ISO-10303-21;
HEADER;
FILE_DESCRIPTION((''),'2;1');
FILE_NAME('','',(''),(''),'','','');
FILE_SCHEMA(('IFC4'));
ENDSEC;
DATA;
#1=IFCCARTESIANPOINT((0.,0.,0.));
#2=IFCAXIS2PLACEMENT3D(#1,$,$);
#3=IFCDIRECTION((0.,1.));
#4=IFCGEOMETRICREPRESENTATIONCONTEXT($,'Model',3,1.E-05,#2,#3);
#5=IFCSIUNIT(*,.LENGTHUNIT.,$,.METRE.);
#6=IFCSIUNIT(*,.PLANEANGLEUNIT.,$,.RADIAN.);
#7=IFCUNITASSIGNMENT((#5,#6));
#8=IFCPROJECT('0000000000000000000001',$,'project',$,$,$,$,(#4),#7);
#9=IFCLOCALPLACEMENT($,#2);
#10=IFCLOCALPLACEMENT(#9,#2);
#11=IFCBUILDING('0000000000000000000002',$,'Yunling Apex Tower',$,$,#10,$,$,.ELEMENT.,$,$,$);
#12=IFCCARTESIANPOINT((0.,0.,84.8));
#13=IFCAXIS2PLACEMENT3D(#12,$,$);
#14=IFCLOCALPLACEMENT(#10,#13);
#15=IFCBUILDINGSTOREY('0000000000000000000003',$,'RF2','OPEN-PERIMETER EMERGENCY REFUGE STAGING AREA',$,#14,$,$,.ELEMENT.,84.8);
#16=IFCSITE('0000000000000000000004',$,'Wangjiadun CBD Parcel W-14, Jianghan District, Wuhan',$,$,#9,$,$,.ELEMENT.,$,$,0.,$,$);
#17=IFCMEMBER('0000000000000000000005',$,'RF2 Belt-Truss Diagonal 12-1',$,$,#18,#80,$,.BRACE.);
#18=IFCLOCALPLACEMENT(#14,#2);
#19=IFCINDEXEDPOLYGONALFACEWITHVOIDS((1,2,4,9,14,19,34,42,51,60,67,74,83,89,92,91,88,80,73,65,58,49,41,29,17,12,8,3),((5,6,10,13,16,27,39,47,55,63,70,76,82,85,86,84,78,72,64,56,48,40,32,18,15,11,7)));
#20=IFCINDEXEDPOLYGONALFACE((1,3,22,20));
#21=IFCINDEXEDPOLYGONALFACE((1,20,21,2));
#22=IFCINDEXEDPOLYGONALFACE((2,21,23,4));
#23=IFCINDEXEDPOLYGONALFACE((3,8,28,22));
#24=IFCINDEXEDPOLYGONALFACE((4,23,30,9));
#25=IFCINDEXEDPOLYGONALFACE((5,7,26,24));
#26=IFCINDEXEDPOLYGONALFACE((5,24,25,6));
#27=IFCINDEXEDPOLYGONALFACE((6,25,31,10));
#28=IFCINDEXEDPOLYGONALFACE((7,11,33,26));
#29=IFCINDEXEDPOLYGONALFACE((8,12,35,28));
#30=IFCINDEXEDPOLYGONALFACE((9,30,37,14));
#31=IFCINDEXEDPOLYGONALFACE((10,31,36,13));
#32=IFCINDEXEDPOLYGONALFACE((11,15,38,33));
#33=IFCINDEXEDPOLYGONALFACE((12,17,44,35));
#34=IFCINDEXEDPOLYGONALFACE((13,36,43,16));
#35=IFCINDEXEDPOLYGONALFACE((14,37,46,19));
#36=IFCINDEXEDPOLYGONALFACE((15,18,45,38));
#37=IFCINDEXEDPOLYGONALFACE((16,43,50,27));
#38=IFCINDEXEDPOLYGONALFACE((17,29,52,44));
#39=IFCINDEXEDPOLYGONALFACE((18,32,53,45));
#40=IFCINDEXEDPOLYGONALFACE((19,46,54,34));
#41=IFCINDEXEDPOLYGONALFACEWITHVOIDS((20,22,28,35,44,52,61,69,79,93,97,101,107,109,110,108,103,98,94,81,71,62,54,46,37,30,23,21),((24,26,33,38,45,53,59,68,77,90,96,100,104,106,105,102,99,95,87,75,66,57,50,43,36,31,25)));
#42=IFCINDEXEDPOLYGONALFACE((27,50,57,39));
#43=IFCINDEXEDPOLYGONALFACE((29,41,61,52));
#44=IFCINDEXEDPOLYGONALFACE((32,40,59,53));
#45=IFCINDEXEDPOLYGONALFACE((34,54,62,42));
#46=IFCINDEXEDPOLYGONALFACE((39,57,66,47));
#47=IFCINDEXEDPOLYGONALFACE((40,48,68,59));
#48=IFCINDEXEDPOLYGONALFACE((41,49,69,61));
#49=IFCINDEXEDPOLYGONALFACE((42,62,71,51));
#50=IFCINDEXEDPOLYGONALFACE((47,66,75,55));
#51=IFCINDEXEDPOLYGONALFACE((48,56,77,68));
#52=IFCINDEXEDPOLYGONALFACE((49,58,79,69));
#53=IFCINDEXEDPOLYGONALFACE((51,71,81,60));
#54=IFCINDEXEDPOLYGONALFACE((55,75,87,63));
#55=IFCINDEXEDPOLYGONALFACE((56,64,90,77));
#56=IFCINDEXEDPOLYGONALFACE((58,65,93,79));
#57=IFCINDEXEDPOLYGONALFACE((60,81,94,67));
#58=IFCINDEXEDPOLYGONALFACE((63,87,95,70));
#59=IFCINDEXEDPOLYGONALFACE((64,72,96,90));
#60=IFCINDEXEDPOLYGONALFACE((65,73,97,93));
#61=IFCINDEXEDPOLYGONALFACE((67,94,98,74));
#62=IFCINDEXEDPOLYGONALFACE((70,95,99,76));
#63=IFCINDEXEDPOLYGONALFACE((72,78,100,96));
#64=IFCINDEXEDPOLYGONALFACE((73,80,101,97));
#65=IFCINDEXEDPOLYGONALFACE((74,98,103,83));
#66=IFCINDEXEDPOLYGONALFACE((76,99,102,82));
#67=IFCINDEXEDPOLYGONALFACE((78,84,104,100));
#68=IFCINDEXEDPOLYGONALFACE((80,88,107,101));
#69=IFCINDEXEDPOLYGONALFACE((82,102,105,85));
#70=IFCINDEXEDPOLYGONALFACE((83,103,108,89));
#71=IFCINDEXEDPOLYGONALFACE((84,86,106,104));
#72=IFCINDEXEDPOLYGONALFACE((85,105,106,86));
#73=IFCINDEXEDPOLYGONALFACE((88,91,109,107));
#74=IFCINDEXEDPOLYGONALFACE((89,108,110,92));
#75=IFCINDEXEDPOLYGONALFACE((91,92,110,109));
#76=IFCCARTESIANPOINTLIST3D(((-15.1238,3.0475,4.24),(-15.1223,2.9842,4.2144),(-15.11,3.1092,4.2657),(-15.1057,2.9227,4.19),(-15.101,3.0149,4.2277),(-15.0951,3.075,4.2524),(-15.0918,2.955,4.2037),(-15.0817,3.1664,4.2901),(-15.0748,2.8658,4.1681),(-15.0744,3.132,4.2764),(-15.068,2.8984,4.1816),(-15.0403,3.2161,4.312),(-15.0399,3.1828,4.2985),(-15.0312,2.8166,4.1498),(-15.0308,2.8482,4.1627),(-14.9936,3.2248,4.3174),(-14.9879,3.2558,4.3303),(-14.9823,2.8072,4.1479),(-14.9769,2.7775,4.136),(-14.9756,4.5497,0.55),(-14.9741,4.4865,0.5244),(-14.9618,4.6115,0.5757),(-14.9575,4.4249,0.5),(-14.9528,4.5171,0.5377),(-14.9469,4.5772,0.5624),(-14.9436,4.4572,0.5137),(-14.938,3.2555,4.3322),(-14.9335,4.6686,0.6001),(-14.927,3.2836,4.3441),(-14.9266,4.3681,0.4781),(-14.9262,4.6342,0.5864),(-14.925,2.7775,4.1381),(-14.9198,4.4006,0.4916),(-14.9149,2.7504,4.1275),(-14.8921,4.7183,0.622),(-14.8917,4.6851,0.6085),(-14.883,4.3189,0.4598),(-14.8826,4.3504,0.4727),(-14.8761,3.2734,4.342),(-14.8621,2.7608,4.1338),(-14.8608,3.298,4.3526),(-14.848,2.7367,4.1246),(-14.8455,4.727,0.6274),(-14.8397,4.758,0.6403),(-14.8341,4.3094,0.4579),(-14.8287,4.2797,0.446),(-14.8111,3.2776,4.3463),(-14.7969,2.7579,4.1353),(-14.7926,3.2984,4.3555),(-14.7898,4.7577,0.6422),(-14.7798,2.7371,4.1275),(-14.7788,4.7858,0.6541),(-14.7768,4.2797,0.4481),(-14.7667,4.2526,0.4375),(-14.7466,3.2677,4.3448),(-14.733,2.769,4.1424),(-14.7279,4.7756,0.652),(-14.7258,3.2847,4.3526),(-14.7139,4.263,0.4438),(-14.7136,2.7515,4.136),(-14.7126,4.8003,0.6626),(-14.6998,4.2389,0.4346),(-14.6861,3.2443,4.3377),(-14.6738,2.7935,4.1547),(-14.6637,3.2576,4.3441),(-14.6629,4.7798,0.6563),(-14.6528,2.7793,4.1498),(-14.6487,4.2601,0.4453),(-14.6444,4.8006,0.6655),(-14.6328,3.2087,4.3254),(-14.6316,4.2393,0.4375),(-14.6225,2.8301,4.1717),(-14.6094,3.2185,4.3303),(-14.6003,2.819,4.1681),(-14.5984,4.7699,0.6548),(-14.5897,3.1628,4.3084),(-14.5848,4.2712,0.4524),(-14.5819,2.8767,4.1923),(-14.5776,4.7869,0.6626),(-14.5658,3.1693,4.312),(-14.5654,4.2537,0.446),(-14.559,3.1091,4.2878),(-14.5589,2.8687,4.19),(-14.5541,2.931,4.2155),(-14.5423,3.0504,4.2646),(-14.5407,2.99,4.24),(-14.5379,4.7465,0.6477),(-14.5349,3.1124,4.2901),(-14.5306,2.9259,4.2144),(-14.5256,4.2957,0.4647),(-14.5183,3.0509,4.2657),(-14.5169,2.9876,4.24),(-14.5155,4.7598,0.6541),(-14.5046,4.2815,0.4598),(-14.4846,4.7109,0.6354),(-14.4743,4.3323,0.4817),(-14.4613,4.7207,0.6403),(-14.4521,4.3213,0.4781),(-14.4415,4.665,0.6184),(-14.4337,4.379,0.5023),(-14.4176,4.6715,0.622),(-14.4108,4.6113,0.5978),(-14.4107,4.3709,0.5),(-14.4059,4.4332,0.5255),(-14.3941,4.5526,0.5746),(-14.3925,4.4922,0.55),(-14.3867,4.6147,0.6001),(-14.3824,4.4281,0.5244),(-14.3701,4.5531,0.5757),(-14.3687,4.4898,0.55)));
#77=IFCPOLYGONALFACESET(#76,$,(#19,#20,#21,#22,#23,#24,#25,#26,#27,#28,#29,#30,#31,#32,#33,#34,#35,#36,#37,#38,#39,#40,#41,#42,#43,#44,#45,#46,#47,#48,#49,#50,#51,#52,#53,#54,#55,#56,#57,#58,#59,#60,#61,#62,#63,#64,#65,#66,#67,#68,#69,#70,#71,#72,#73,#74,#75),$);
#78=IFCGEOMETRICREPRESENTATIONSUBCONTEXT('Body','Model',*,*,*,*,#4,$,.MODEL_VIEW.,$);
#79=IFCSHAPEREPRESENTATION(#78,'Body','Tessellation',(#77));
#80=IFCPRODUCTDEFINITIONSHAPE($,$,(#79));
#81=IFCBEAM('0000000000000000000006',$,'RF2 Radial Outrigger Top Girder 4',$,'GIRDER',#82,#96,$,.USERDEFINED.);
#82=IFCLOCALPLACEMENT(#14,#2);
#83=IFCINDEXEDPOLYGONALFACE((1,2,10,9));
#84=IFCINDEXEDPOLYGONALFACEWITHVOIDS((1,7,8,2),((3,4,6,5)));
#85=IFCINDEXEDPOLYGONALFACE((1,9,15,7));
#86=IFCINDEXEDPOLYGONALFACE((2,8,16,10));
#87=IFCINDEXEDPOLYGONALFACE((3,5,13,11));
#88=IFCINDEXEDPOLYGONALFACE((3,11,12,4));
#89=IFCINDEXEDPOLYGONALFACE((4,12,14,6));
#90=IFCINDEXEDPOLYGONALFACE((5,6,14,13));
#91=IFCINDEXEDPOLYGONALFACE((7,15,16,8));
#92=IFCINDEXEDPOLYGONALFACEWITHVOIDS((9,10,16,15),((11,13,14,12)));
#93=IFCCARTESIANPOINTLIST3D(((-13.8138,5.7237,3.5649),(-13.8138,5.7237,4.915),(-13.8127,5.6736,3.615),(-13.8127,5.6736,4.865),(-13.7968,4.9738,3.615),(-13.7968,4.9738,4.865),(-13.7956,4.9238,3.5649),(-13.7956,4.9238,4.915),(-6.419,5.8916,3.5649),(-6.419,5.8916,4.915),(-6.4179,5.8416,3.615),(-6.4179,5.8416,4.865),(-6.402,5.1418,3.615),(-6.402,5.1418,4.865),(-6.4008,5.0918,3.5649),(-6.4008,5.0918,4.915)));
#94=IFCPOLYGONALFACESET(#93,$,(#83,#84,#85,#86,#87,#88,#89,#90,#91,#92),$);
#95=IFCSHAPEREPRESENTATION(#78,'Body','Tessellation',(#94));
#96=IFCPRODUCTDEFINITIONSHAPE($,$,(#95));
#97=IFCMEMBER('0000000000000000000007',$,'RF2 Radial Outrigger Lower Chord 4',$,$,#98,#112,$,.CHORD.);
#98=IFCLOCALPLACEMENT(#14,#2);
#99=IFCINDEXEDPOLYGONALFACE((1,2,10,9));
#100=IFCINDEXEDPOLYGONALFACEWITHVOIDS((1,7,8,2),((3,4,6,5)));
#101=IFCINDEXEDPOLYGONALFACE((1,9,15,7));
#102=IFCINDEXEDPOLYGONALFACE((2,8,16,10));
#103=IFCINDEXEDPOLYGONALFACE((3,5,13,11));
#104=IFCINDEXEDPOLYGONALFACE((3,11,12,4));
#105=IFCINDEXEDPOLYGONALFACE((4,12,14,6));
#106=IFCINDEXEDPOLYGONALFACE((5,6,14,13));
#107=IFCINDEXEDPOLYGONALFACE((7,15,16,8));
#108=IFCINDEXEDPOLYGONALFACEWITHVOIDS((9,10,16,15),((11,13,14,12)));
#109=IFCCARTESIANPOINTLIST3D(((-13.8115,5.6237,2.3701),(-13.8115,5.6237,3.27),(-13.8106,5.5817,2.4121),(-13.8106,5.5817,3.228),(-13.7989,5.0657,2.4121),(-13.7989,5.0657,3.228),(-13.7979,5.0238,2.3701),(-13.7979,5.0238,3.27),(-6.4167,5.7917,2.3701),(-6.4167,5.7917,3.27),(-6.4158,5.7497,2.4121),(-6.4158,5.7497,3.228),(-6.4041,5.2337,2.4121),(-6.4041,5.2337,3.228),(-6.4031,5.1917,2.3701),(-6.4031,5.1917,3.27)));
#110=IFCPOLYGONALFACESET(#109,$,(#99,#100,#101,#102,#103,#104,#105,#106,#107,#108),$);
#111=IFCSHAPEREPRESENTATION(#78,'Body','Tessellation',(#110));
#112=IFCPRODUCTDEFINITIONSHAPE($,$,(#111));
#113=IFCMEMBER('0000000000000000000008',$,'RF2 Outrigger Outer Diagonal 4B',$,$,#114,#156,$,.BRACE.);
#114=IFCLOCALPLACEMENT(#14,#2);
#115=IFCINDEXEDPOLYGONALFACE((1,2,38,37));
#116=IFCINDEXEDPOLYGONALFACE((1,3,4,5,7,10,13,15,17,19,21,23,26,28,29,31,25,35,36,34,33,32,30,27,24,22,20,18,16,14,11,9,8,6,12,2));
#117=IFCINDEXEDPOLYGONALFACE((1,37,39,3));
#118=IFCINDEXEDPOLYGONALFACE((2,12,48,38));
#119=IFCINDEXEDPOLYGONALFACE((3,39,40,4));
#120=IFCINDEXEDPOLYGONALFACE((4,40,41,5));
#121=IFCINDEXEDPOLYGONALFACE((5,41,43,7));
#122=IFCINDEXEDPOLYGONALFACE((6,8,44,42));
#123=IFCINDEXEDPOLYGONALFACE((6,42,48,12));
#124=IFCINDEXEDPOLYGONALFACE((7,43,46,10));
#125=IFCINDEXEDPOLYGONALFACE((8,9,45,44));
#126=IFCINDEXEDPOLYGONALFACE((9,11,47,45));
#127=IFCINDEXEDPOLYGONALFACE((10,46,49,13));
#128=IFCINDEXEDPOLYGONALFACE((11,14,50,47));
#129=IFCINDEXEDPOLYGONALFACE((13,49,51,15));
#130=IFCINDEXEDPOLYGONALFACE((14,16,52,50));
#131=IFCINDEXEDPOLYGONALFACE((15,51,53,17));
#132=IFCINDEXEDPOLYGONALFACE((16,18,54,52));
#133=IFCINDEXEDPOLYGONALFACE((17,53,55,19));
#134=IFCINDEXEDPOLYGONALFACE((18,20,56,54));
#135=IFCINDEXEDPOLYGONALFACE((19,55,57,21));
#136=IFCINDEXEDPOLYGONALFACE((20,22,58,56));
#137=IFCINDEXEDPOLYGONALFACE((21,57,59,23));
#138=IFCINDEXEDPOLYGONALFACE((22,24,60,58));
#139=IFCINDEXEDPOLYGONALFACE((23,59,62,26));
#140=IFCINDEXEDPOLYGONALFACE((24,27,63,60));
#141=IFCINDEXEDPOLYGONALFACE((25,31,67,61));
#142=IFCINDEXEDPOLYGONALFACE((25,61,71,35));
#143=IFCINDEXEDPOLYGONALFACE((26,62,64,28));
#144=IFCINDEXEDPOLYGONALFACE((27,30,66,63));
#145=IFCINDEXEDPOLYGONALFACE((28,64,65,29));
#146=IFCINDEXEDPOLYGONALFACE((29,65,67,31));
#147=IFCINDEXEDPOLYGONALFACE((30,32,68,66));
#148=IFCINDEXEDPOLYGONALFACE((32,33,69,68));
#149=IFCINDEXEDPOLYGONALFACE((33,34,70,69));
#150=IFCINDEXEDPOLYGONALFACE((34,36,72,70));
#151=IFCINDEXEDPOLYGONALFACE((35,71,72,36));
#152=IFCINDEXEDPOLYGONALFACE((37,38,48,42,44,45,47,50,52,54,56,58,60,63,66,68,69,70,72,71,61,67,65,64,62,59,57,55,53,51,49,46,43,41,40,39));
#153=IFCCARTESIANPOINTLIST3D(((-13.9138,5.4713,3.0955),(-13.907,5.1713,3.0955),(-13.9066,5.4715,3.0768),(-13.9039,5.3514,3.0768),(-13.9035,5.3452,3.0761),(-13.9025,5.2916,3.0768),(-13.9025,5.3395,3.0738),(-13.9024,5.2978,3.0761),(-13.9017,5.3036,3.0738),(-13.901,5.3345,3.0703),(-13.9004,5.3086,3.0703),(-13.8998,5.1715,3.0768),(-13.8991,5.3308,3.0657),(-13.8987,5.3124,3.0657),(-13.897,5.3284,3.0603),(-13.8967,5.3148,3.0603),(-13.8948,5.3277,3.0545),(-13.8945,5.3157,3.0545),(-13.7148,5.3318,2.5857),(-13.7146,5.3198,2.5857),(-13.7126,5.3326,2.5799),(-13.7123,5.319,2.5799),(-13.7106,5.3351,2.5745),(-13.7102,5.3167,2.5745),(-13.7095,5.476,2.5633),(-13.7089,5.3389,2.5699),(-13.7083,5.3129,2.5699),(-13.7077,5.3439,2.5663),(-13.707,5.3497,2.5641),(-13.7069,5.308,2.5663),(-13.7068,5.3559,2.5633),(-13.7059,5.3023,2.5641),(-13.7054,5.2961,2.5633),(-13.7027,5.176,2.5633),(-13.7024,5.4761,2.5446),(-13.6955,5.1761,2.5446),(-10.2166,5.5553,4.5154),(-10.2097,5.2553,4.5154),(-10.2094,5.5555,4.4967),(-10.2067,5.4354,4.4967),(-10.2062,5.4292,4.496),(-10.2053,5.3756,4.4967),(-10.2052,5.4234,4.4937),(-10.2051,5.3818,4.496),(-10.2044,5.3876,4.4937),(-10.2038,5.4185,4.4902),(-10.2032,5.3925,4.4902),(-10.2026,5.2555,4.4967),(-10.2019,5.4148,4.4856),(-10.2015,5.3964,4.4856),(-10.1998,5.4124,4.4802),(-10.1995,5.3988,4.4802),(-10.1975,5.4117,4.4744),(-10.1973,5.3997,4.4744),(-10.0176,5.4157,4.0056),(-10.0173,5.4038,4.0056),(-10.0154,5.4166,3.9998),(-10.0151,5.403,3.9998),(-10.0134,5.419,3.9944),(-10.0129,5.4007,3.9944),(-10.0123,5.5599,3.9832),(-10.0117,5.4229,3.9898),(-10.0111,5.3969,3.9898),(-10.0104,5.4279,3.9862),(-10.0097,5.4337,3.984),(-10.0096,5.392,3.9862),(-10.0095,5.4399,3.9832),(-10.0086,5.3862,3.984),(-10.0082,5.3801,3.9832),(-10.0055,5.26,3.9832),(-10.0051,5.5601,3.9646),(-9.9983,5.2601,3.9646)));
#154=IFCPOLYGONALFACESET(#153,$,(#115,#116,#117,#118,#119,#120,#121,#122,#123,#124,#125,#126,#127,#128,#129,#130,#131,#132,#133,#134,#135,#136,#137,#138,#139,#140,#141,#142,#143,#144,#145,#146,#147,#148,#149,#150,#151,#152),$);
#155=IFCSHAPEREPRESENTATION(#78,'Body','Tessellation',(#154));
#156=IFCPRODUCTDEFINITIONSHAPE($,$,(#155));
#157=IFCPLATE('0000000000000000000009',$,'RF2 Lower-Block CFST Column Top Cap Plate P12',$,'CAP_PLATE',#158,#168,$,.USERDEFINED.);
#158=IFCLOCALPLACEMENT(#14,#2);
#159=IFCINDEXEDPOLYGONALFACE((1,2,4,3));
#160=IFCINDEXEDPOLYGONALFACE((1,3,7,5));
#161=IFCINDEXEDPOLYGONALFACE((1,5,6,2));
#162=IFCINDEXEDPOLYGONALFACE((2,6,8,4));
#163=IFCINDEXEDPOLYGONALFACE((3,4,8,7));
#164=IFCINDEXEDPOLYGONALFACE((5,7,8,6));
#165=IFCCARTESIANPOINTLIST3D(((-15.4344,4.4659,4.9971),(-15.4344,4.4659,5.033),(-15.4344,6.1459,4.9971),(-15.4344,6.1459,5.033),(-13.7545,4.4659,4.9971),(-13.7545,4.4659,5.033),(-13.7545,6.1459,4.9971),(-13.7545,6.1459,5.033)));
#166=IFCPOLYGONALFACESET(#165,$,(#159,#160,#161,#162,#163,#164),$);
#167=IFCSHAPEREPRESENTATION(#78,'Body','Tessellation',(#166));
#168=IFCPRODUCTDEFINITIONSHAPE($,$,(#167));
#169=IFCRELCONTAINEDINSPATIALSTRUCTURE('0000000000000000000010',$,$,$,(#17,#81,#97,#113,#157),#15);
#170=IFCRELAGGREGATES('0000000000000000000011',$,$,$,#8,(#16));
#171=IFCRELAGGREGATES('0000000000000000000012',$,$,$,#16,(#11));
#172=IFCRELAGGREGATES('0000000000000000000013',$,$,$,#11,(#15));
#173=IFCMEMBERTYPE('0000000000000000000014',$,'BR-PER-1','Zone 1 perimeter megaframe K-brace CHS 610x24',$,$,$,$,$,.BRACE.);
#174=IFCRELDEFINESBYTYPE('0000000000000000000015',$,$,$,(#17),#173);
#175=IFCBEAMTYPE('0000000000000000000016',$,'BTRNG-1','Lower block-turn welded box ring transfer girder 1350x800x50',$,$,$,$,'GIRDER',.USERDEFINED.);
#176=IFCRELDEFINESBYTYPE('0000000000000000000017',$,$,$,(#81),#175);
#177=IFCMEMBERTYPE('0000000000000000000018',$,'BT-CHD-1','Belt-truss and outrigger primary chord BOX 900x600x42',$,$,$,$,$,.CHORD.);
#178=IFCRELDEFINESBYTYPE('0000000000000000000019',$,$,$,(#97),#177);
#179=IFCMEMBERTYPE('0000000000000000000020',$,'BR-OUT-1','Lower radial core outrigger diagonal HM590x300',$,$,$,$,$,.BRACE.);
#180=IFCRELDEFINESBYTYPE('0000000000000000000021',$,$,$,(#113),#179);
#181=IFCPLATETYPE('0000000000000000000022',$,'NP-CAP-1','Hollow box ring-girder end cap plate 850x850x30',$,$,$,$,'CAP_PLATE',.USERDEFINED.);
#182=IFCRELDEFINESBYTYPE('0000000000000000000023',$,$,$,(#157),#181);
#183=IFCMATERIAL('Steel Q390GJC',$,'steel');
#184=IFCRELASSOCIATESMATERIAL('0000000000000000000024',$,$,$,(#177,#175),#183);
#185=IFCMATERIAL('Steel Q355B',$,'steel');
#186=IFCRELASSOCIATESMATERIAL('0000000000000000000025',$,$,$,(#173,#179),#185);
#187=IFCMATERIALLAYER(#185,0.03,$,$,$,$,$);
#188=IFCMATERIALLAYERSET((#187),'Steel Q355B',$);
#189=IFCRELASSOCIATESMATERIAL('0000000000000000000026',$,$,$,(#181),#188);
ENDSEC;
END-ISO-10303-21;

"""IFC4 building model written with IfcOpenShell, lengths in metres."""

from ifc_helpers import new_model, si_unit, direction, frame, origin, origin_2d, place, context, subcontext, project, spatial, rectangle, hollow_rectangle, hollow_circle, i_section, extrude, source, transform, mapped, material, layer, layer_set, material_profile, profile_set, type_object, element, save


model = new_model("IFC4")

# Units and contexts
model_context = context("Model", 3, precision=1e-05, world=origin(), true_north=direction((0.0, 1.0)))
body_context = subcontext(model_context, "Body", "Model", "MODEL_VIEW")
ifc_project = project(units=[si_unit("LENGTHUNIT", "METRE"), si_unit("PLANEANGLEUNIT", "RADIAN")], contexts=[model_context])

# Site, building, storey
site_placement = place(None, origin())
site = spatial("IfcSite", under=ifc_project, at=site_placement, Name="Wangjiadun CBD Parcel W-14, Jianghan District, Wuhan", CompositionType="ELEMENT", RefElevation=0.0)
building_placement = place(site_placement, origin())
building = spatial("IfcBuilding", under=site, at=building_placement, Name="Yunling Apex Tower", CompositionType="ELEMENT")
storey_placement = place(building_placement, frame((0.0, 0.0, 84.8)))
storey = spatial("IfcBuildingStorey", under=building, at=storey_placement, Name="RF2", Description="OPEN-PERIMETER EMERGENCY REFUGE STAGING AREA", CompositionType="ELEMENT", Elevation=84.8)

# Shared definitions
ifc_material_1 = material(Name="Steel Q390GJC", Category="steel")

# Shared definitions
ifc_material_profile_1 = material_profile(ifc_material_1, hollow_rectangle(XDim=0.6001, YDim=0.8999, WallThickness=0.042, at=origin_2d()))
ifc_profile_set_1 = profile_set([ifc_material_profile_1], Name="Steel Q390GJC")
member_type_1 = type_object("IfcMemberType", Name="BT-CHD-1", Description="Belt-truss and outrigger primary chord BOX 900x600x42", PredefinedType="CHORD", material=ifc_profile_set_1)

# Shared definitions
ifc_material_profile_2 = material_profile(ifc_material_1, hollow_rectangle(XDim=0.8, YDim=1.3501, WallThickness=0.05, at=origin_2d()))
ifc_profile_set_2 = profile_set([ifc_material_profile_2], Name="Steel Q390GJC")
beam_type = type_object("IfcBeamType", Name="BTRNG-1", Description="Lower block-turn welded box ring transfer girder 1350x800x50", ElementType="GIRDER", PredefinedType="USERDEFINED", material=ifc_profile_set_2)

# Member
ifc_material_2 = material(Name="Steel Q355B", Category="steel")
ifc_material_profile_3 = material_profile(ifc_material_2, hollow_circle(Radius=0.3049, WallThickness=0.0239, at=origin_2d()))
ifc_profile_set_3 = profile_set([ifc_material_profile_3], Name="Steel Q355B")
member_type_2 = type_object("IfcMemberType", Name="BR-PER-1", Description="Zone 1 perimeter megaframe K-brace CHS 610x24", PredefinedType="BRACE", material=ifc_profile_set_3)
shared_shape_1 = source(origin(), body_context, "Body", "SweptSolid", [
    extrude(hollow_circle(Radius=0.3049, WallThickness=0.0239, at=origin_2d()), origin(), (0.0, 0.0, 1.0), 3.9868),
])
member_1_placement = place(storey_placement, frame((-14.6721, 4.5198, 0.55), z_axis=(-0.037171, -0.376797, 0.92555), x_axis=(0.995169, -0.098175, 0.0)))
element("IfcMember", 1, at=member_1_placement, inside=storey, type_object=member_type_2, Name="RF2 Belt-Truss Diagonal 12-1", PredefinedType="BRACE", context=body_context, shape_type="MappedRepresentation", body=[
    mapped(shared_shape_1, transform((0.0, 0.0, 0.0), scale=1.0)),
])

# Beam
shared_shape_2 = source(origin(), body_context, "Body", "SweptSolid", [
    extrude(hollow_rectangle(XDim=0.8, YDim=1.3501, WallThickness=0.05, at=origin_2d()), origin(), (0.0, 0.0, 1.0), 7.3967),
])
beam_1_placement = place(storey_placement, frame((-6.4099, 5.4917, 4.24), z_axis=(-0.999742, -0.022709, 0.0), x_axis=(0.022709, -0.999742, 0.0)))
element("IfcBeam", 2, at=beam_1_placement, inside=storey, type_object=beam_type, Name="RF2 Radial Outrigger Top Girder 4", ObjectType="GIRDER", PredefinedType="USERDEFINED", context=body_context, shape_type="MappedRepresentation", body=[
    mapped(shared_shape_2, transform((0.0, 0.0, 0.0), scale=1.0)),
])

# Members
shared_shape_3 = source(origin(), body_context, "Body", "SweptSolid", [
    extrude(hollow_rectangle(XDim=0.6001, YDim=0.8999, WallThickness=0.042, at=origin_2d()), origin(), (0.0, 0.0, 1.0), 7.3967),
])
member_2_placement = place(storey_placement, frame((-6.4099, 5.4917, 2.8201), z_axis=(-0.999742, -0.022709, 0.0), x_axis=(0.022709, -0.999742, 0.0)))
element("IfcMember", 3, at=member_2_placement, inside=storey, type_object=member_type_1, Name="RF2 Radial Outrigger Lower Chord 4", PredefinedType="CHORD", context=body_context, shape_type="MappedRepresentation", body=[
    mapped(shared_shape_3, transform((0.0, 0.0, 0.0), scale=1.0)),
])
ifc_material_profile_4 = material_profile(ifc_material_2, i_section(OverallWidth=0.3, OverallDepth=0.5901, WebThickness=0.012, FlangeThickness=0.02, FilletRadius=0.0239, at=origin_2d()))
ifc_profile_set_4 = profile_set([ifc_material_profile_4], Name="Steel Q355B")
member_type_3 = type_object("IfcMemberType", Name="BR-OUT-1", Description="Lower radial core outrigger diagonal HM590x300", PredefinedType="BRACE", material=ifc_profile_set_4)
shared_shape_4 = source(origin(), body_context, "Body", "SweptSolid", [
    extrude(i_section(OverallWidth=0.3, OverallDepth=0.5901, WebThickness=0.012, FlangeThickness=0.02, FilletRadius=0.0239, at=origin_2d()), origin(), (0.0, 0.0, 1.0), 3.9614),
])
member_3_placement = place(storey_placement, frame((-10.1074, 5.4077, 4.24), z_axis=(-0.933314, -0.0212, -0.358436), x_axis=(0.022709, -0.999742, 0.0)))
element("IfcMember", 4, at=member_3_placement, inside=storey, type_object=member_type_3, Name="RF2 Outrigger Outer Diagonal 4B", PredefinedType="BRACE", context=body_context, shape_type="MappedRepresentation", body=[
    mapped(shared_shape_4, transform((0.0, 0.0, 0.0), scale=1.0)),
])

# Plate
ifc_layer_1 = layer(ifc_material_2, 0.03)
ifc_layer_set_1 = layer_set([ifc_layer_1], Name="Steel Q355B")
plate_type_1 = type_object("IfcPlateType", Name="NP-CAP-1", Description="Hollow box ring-girder end cap plate 850x850x30", ElementType="CAP_PLATE", PredefinedType="USERDEFINED", material=ifc_layer_set_1)
shared_shape_5 = source(origin(), body_context, "Body", "SweptSolid", [
    extrude(rectangle(XDim=1.6799, YDim=1.6799, at=origin_2d()), origin(), (0.0, 0.0, 1.0), 0.0359),
])
plate_1_placement = place(storey_placement, frame((-14.5945, 5.3059, 4.9971), z_axis=(0.0, 0.0, 1.0), x_axis=(1.0, 0.0, 0.0)))
element("IfcPlate", 5, at=plate_1_placement, inside=storey, type_object=plate_type_1, Name="RF2 Lower-Block CFST Column Top Cap Plate P12", ObjectType="CAP_PLATE", PredefinedType="USERDEFINED", context=body_context, shape_type="MappedRepresentation", body=[
    mapped(shared_shape_5, transform((0.0, 0.0, 0.0), scale=1.0)),
])

save(model, "model.ifc")
